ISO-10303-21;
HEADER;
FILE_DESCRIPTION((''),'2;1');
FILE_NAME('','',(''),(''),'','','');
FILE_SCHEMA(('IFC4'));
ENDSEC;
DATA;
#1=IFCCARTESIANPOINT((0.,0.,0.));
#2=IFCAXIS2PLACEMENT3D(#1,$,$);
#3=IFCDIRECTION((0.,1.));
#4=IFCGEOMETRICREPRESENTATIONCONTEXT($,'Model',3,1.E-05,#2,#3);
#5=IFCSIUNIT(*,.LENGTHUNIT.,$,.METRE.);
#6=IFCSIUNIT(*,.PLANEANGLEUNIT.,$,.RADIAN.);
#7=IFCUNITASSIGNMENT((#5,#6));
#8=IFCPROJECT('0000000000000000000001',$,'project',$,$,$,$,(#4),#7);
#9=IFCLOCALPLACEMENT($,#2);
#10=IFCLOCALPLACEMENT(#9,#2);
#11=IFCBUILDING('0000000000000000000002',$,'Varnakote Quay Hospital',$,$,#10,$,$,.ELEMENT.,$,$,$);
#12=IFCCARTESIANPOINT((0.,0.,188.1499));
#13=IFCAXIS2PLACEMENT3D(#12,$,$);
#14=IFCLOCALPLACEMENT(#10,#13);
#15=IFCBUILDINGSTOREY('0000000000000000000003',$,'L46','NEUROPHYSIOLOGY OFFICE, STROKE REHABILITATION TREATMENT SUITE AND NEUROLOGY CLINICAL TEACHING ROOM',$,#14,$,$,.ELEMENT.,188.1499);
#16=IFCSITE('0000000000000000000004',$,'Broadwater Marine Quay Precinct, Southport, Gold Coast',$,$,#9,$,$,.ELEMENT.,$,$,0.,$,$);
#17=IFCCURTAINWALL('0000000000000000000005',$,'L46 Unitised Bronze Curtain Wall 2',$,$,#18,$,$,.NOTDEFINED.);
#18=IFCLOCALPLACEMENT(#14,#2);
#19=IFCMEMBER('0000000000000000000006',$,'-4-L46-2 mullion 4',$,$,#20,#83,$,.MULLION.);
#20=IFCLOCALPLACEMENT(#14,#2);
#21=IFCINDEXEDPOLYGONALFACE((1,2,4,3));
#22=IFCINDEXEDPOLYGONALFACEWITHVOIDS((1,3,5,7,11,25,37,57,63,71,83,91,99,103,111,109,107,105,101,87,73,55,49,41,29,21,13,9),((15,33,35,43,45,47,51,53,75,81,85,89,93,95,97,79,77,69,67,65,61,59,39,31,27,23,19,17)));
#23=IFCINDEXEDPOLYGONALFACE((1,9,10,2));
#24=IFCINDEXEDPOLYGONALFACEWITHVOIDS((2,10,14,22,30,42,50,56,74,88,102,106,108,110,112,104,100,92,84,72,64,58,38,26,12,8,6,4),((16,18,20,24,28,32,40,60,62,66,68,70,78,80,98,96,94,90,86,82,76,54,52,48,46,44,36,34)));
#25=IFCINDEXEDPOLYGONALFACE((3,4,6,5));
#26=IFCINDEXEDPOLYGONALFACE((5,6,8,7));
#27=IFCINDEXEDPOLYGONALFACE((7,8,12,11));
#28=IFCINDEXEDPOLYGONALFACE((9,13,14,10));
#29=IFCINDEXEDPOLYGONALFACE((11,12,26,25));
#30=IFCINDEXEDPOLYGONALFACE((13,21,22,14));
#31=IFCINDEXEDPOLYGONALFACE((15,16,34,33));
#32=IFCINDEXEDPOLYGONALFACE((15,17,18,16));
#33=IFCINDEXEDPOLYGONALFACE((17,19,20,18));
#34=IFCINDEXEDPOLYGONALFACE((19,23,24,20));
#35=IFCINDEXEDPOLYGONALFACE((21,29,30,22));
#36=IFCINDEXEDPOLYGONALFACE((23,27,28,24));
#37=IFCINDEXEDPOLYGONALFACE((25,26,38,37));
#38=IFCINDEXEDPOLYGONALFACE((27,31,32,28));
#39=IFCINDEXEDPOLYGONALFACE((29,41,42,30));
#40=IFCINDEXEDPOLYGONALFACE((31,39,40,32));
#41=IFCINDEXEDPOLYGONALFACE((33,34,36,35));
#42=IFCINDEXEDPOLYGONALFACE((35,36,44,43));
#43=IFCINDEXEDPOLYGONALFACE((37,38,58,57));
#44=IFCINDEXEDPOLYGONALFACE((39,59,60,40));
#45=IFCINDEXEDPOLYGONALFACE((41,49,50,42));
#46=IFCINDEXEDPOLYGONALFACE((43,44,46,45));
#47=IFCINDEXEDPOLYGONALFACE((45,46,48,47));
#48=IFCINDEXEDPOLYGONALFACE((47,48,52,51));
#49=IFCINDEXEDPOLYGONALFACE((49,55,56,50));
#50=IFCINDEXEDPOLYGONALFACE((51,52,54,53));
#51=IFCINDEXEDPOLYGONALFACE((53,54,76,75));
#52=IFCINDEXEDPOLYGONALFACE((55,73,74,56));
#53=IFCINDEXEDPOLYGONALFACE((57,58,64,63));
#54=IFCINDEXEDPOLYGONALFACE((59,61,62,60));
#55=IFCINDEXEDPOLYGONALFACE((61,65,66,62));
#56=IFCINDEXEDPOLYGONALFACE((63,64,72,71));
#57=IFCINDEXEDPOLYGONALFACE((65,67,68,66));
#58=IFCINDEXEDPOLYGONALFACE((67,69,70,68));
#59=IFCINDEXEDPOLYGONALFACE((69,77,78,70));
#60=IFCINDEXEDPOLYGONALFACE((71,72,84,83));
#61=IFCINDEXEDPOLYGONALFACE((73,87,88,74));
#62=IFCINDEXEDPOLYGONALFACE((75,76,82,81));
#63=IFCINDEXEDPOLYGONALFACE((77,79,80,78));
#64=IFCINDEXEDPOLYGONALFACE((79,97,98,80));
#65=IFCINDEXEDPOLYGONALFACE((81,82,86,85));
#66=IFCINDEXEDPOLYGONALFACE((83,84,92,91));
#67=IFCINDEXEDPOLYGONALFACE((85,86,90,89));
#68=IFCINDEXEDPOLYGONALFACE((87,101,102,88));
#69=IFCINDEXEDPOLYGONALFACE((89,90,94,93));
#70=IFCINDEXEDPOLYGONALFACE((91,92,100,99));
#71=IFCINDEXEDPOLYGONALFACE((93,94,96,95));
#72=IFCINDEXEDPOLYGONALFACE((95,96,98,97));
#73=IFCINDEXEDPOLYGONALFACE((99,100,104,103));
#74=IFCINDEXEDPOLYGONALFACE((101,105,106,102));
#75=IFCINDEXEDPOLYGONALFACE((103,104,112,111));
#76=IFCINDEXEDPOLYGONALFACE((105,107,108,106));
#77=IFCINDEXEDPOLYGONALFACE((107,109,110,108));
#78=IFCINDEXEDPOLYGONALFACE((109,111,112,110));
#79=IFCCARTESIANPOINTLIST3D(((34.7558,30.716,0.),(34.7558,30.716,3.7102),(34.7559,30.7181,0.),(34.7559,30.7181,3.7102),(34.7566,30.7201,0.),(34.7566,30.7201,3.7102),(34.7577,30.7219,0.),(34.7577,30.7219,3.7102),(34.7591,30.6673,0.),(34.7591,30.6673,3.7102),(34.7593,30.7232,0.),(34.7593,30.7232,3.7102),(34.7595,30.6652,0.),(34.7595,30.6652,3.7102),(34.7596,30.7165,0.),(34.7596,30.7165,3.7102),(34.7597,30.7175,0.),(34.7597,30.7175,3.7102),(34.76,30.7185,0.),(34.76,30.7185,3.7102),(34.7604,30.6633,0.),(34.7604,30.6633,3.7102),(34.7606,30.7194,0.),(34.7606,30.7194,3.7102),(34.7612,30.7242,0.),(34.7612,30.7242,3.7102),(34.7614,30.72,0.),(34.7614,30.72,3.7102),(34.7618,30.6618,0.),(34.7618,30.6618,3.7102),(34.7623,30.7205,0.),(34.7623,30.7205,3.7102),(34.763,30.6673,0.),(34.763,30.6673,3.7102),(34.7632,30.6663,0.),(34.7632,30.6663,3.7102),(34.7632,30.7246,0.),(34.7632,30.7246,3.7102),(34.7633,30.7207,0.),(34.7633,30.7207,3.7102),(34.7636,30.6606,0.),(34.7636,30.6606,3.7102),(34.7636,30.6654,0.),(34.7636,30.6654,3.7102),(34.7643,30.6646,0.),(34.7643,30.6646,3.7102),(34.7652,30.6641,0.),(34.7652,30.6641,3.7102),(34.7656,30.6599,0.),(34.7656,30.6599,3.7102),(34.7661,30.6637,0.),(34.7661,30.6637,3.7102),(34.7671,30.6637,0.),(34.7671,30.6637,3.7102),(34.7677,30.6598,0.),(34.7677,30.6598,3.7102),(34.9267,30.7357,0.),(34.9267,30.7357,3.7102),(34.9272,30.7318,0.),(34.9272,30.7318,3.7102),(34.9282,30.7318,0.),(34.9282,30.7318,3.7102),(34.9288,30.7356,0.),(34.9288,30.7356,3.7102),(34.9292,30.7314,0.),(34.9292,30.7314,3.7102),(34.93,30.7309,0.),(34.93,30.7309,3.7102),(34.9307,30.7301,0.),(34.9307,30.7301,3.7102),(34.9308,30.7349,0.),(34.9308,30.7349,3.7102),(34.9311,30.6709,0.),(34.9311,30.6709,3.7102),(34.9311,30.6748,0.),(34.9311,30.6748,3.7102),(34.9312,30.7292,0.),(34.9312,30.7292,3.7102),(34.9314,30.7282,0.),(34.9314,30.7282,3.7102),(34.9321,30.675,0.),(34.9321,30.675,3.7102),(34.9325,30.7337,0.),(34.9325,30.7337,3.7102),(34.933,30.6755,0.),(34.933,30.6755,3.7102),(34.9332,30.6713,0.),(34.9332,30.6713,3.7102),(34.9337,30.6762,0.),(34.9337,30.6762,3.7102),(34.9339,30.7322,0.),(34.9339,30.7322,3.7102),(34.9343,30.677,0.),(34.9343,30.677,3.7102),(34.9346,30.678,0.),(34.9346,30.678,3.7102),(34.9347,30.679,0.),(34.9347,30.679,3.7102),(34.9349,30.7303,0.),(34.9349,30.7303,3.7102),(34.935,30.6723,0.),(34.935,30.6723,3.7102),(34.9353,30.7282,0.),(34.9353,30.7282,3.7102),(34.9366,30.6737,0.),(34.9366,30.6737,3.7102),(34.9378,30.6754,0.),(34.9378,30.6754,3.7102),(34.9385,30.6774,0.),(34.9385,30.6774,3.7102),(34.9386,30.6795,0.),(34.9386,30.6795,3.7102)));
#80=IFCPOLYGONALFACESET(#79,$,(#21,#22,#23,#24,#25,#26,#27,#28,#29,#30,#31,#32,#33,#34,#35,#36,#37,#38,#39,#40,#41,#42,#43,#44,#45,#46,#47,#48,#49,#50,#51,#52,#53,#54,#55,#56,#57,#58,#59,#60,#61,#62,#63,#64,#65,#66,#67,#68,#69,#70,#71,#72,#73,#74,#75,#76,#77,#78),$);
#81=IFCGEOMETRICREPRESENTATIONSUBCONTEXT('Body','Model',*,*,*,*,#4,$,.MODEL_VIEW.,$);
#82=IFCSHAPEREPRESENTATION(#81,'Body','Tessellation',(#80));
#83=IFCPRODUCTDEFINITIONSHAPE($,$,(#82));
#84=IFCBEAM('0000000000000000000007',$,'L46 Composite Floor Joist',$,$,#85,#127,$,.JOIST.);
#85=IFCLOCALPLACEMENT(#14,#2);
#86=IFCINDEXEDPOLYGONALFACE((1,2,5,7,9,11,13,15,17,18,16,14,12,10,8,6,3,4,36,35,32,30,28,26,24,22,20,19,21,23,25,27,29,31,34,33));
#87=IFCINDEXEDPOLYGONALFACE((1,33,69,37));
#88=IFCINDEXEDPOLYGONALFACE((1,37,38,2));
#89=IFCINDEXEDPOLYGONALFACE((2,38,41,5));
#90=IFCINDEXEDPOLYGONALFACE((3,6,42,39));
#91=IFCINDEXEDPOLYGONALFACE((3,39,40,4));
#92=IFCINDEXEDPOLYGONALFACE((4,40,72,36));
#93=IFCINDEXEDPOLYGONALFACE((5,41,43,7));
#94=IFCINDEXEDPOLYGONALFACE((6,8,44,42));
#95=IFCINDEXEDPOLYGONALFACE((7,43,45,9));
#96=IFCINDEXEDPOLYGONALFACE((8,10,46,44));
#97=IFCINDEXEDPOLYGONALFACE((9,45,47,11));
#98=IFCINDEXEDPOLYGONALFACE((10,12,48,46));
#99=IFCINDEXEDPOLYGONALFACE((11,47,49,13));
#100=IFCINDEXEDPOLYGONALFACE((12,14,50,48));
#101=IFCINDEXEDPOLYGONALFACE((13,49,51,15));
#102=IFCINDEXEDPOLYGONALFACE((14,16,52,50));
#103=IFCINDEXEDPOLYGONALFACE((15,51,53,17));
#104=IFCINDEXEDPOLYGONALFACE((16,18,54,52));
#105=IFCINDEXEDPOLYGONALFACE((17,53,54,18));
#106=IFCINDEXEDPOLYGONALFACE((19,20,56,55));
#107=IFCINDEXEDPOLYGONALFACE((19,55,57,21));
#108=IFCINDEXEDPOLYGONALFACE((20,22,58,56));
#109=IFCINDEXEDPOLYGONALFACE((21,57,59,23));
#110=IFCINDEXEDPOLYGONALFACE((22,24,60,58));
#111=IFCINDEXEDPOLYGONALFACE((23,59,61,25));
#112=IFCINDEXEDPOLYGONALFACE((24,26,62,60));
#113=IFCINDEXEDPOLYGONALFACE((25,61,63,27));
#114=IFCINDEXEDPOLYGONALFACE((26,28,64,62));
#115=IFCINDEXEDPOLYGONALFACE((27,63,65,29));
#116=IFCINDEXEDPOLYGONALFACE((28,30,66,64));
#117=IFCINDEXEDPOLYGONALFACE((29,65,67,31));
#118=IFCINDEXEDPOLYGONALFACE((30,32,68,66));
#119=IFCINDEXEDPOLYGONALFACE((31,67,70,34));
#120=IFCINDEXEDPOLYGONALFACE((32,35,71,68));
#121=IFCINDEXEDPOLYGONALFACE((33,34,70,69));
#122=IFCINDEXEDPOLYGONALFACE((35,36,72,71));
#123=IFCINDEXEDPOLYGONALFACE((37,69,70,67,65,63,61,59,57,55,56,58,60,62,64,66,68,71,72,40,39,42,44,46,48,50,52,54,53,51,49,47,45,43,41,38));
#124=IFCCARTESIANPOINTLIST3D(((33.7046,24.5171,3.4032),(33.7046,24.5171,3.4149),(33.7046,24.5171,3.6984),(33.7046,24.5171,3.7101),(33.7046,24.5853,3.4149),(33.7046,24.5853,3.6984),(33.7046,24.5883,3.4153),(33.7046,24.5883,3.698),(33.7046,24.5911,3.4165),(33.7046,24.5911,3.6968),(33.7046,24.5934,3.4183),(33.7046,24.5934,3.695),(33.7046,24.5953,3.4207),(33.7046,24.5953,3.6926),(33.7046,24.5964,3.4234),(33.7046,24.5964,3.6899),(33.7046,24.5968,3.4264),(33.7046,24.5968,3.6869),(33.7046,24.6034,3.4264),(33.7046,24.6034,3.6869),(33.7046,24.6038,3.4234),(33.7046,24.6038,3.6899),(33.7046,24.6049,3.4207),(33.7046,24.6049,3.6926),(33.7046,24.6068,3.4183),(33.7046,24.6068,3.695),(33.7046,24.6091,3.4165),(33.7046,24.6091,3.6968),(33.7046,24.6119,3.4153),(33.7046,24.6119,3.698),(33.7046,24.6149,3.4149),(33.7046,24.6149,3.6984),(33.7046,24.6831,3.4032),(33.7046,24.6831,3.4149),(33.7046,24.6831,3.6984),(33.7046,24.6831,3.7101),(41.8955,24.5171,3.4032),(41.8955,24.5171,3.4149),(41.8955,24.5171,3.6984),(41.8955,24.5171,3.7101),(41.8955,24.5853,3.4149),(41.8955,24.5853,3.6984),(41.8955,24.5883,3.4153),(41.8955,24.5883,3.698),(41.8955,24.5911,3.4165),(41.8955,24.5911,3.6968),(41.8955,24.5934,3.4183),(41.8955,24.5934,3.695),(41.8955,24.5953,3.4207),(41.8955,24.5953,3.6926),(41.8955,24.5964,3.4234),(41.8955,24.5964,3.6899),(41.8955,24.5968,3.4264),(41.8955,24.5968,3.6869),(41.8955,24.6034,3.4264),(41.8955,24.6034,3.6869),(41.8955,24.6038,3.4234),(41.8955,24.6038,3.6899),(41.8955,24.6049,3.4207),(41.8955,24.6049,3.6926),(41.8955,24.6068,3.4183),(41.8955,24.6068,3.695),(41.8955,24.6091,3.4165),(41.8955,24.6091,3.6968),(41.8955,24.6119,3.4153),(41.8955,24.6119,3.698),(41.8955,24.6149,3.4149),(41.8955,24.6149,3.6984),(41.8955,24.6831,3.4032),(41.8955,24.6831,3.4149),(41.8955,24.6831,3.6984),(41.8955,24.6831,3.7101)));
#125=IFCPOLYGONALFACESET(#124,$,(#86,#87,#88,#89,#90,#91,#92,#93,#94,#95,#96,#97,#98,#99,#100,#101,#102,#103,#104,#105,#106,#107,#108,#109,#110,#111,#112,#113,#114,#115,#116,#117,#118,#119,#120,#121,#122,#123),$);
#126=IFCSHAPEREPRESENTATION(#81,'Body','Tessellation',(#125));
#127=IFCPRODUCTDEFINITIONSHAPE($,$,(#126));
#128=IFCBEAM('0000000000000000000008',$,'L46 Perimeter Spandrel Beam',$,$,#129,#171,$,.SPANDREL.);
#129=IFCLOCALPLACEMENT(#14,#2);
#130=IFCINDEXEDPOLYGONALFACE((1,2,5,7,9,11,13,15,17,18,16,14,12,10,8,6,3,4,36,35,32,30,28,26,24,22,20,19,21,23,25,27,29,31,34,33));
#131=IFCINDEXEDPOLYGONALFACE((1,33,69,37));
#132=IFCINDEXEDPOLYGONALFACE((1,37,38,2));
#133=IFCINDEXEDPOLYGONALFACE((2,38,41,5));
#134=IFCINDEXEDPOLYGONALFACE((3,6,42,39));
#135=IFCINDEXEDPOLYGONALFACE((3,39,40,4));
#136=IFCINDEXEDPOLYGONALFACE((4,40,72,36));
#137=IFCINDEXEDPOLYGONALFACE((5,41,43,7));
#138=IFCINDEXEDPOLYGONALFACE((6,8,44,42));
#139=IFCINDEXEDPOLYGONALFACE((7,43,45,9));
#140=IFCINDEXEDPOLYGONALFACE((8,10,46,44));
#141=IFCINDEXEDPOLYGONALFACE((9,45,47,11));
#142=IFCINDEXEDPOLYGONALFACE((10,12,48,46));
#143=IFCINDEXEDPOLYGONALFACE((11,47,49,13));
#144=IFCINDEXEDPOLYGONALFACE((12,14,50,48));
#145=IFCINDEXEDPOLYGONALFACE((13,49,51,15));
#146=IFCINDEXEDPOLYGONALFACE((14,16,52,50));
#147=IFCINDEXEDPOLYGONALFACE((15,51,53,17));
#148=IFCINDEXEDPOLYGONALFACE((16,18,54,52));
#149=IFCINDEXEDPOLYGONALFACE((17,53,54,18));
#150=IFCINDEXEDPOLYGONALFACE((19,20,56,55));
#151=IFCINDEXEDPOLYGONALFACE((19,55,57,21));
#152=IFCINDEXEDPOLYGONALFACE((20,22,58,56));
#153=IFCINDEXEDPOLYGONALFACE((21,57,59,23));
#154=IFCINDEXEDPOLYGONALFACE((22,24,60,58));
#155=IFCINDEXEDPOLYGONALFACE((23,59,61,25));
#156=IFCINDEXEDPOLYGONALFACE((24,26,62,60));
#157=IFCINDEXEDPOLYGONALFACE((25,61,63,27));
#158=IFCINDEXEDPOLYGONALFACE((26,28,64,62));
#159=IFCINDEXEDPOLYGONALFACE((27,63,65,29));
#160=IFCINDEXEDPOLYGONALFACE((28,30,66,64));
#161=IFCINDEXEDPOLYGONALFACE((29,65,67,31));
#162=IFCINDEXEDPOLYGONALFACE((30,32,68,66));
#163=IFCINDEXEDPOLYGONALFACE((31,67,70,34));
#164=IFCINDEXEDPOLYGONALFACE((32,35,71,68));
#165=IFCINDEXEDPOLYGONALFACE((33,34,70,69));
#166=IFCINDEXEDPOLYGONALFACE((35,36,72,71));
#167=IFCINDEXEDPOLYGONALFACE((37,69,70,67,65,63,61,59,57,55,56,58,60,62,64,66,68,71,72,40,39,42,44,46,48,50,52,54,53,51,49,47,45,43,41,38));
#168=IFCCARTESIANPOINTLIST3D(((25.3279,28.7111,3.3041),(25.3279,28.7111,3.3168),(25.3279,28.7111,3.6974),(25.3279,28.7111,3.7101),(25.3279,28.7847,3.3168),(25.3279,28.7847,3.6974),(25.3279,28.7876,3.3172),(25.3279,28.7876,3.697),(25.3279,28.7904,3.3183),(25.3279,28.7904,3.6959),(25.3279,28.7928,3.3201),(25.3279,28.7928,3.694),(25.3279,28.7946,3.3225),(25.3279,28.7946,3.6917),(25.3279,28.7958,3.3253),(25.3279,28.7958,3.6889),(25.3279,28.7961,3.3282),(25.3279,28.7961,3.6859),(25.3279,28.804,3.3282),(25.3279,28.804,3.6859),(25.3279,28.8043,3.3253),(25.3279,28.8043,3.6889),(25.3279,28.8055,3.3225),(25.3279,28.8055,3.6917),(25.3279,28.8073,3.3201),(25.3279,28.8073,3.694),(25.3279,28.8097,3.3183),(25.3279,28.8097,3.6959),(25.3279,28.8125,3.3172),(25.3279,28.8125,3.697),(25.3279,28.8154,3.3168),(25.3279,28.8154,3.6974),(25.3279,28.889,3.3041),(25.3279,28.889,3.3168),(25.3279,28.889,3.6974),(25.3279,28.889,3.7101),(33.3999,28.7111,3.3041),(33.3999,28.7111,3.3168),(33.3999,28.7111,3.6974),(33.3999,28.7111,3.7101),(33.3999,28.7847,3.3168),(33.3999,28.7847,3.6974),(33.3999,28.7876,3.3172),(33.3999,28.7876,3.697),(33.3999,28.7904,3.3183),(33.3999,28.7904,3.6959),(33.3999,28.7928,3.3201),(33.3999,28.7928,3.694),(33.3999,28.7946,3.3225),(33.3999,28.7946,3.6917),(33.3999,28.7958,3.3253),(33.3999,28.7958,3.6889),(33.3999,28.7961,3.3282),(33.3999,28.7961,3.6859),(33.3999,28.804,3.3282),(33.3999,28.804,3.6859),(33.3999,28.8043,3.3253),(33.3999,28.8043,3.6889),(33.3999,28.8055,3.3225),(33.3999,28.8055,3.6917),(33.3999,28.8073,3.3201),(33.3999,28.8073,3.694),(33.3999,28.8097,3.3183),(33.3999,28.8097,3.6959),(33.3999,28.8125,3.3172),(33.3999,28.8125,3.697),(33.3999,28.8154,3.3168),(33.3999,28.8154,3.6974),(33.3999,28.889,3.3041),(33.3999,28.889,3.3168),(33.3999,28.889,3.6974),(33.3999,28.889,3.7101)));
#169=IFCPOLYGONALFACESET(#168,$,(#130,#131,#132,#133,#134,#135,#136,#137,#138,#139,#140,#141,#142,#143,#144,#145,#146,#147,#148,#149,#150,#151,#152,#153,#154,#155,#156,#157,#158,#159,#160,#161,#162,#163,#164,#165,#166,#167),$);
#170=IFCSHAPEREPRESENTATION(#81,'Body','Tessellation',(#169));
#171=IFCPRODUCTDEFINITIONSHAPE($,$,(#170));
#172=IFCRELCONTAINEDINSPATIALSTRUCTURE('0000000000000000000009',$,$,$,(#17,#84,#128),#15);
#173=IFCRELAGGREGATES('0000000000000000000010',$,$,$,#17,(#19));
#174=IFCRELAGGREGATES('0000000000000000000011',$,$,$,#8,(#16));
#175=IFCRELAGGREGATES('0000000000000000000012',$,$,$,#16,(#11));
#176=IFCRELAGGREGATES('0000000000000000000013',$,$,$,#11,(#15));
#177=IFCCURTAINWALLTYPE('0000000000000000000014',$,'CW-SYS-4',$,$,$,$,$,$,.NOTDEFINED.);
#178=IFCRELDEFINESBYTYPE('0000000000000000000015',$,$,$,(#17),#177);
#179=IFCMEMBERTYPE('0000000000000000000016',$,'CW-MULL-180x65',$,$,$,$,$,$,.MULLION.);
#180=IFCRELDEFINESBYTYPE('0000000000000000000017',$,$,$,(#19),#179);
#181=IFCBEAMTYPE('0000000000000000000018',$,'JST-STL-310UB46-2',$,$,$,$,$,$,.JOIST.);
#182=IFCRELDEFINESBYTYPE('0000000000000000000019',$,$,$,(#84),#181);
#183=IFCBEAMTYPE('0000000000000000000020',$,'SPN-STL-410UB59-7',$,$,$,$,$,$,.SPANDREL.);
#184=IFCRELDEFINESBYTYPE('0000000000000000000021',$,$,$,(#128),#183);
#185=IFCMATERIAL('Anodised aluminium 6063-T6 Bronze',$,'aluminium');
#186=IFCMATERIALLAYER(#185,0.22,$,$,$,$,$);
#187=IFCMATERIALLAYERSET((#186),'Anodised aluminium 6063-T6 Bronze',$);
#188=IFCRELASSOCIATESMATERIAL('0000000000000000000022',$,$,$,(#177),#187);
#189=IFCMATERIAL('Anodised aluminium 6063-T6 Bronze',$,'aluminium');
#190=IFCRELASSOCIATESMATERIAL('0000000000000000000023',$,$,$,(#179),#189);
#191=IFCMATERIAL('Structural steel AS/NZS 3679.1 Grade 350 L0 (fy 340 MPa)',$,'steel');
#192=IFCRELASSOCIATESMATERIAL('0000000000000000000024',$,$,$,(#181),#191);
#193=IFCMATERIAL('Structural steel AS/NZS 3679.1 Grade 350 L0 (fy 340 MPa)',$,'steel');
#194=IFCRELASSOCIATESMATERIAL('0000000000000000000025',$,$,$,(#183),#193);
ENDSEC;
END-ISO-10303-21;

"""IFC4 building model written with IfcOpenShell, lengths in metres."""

from ifc_helpers import new_model, si_unit, direction, frame, origin, origin_2d, place, context, subcontext, project, spatial, hollow_rectangle, i_section, extrude, material, layer, layer_set, material_profile, profile_set, type_object, element, aggregate, save


model = new_model("IFC4")

# Units and contexts
model_context = context("Model", 3, precision=1e-05, world=origin(), true_north=direction((0.0, 1.0)))
body_context = subcontext(model_context, "Body", "Model", "MODEL_VIEW")
ifc_project = project(units=[si_unit("LENGTHUNIT", "METRE"), si_unit("PLANEANGLEUNIT", "RADIAN")], contexts=[model_context])

# Site, building, storey
site_placement = place(None, origin())
site = spatial("IfcSite", under=ifc_project, at=site_placement, Name="Broadwater Marine Quay Precinct, Southport, Gold Coast", CompositionType="ELEMENT", RefElevation=0.0)
building_placement = place(site_placement, origin())
building = spatial("IfcBuilding", under=site, at=building_placement, Name="Varnakote Quay Hospital", CompositionType="ELEMENT")
storey_placement = place(building_placement, frame((0.0, 0.0, 188.1499)))
storey = spatial("IfcBuildingStorey", under=building, at=storey_placement, Name="L46", Description="NEUROPHYSIOLOGY OFFICE, STROKE REHABILITATION TREATMENT SUITE AND NEUROLOGY CLINICAL TEACHING ROOM", CompositionType="ELEMENT", Elevation=188.1499)

# Curtain wall, member
ifc_material_1 = material(Name="Anodised aluminium 6063-T6 Bronze", Category="aluminium")
ifc_layer_1 = layer(ifc_material_1, 0.22)
ifc_layer_set_1 = layer_set([ifc_layer_1], Name="Anodised aluminium 6063-T6 Bronze")
curtain_wall_type = type_object("IfcCurtainWallType", Name="CW-SYS-4", PredefinedType="NOTDEFINED", material=ifc_layer_set_1)
curtain_wall_placement = place(storey_placement, origin())
curtain_wall = element("IfcCurtainWall", 1, at=curtain_wall_placement, inside=storey, type_object=curtain_wall_type, Name="L46 Unitised Bronze Curtain Wall 2", PredefinedType="NOTDEFINED")
ifc_material_2 = material(Name="Anodised aluminium 6063-T6 Bronze", Category="aluminium")
ifc_material_profile_1 = material_profile(ifc_material_2, hollow_rectangle(XDim=0.0649, YDim=0.1799, WallThickness=0.0039, InnerFilletRadius=0.0039, OuterFilletRadius=0.0081, at=origin_2d()), Name="CW-MULL-180x65")
ifc_profile_set_1 = profile_set([ifc_material_profile_1], Name="Anodised aluminium 6063-T6 Bronze")
member_type = type_object("IfcMemberType", Name="CW-MULL-180x65", PredefinedType="MULLION", material=ifc_profile_set_1)
member_placement = place(storey_placement, frame((34.8472, 30.6978, 0.0), z_axis=(0.0, 0.0, 1.0), x_axis=(0.067842, -0.997696, 0.0)))
member = element("IfcMember", 2, at=member_placement, type_object=member_type, Name="-4-L46-2 mullion 4", PredefinedType="MULLION", context=body_context, shape_type="SweptSolid", body=[
    extrude(hollow_rectangle(XDim=0.0649, YDim=0.1799, WallThickness=0.0039, InnerFilletRadius=0.0039, OuterFilletRadius=0.0081, at=origin_2d()), origin(), (0.0, 0.0, 1.0), 3.7102),
])
aggregate(curtain_wall, [member])

# Beams
ifc_material_3 = material(Name="Structural steel AS/NZS 3679.1 Grade 350 L0 (fy 340 MPa)", Category="steel")
ifc_material_profile_2 = material_profile(ifc_material_3, i_section(OverallWidth=0.166, OverallDepth=0.3069, WebThickness=0.0066, FlangeThickness=0.0117, FilletRadius=0.0115, at=origin_2d()), Name="310UB46.2")
ifc_profile_set_2 = profile_set([ifc_material_profile_2], Name="Structural steel AS/NZS 3679.1 Grade 350 L0 (fy 340 MPa)")
beam_type_1 = type_object("IfcBeamType", Name="JST-STL-310UB46-2", PredefinedType="JOIST", material=ifc_profile_set_2)
beam_1_placement = place(storey_placement, frame((33.7046, 24.6001, 3.5566), z_axis=(1.0, 0.0, 0.0), x_axis=(0.0, 1.0, 0.0)))
element("IfcBeam", 3, at=beam_1_placement, inside=storey, type_object=beam_type_1, Name="L46 Composite Floor Joist", PredefinedType="JOIST", context=body_context, shape_type="SweptSolid", body=[
    extrude(i_section(OverallWidth=0.166, OverallDepth=0.3069, WebThickness=0.0066, FlangeThickness=0.0117, FilletRadius=0.0115, at=origin_2d()), origin(), (0.0, 0.0, 1.0), 8.1909),
])
ifc_material_4 = material(Name="Structural steel AS/NZS 3679.1 Grade 350 L0 (fy 340 MPa)", Category="steel")
ifc_material_profile_3 = material_profile(ifc_material_4, i_section(OverallWidth=0.178, OverallDepth=0.406, WebThickness=0.0078, FlangeThickness=0.0127, FilletRadius=0.0115, at=origin_2d()), Name="410UB59.7")
ifc_profile_set_3 = profile_set([ifc_material_profile_3], Name="Structural steel AS/NZS 3679.1 Grade 350 L0 (fy 340 MPa)")
beam_type_2 = type_object("IfcBeamType", Name="SPN-STL-410UB59-7", PredefinedType="SPANDREL", material=ifc_profile_set_3)
for number, where, z_axis, x_axis, name in (
    (4, (25.3279, 28.8, 3.5071), (1.0, 0.0, 0.0), (0.0, 1.0, 0.0), "L46 Perimeter Spandrel Beam"),
):
    element("IfcBeam", number, at=place(storey_placement, frame(where, z_axis=z_axis, x_axis=x_axis)), inside=storey, type_object=beam_type_2, Name=name, PredefinedType="SPANDREL", context=body_context, shape_type="SweptSolid", body=[
        extrude(i_section(OverallWidth=0.178, OverallDepth=0.406, WebThickness=0.0078, FlangeThickness=0.0127, FilletRadius=0.0115, at=origin_2d()), origin(), (0.0, 0.0, 1.0), 8.072),
    ])

save(model, "model.ifc")
